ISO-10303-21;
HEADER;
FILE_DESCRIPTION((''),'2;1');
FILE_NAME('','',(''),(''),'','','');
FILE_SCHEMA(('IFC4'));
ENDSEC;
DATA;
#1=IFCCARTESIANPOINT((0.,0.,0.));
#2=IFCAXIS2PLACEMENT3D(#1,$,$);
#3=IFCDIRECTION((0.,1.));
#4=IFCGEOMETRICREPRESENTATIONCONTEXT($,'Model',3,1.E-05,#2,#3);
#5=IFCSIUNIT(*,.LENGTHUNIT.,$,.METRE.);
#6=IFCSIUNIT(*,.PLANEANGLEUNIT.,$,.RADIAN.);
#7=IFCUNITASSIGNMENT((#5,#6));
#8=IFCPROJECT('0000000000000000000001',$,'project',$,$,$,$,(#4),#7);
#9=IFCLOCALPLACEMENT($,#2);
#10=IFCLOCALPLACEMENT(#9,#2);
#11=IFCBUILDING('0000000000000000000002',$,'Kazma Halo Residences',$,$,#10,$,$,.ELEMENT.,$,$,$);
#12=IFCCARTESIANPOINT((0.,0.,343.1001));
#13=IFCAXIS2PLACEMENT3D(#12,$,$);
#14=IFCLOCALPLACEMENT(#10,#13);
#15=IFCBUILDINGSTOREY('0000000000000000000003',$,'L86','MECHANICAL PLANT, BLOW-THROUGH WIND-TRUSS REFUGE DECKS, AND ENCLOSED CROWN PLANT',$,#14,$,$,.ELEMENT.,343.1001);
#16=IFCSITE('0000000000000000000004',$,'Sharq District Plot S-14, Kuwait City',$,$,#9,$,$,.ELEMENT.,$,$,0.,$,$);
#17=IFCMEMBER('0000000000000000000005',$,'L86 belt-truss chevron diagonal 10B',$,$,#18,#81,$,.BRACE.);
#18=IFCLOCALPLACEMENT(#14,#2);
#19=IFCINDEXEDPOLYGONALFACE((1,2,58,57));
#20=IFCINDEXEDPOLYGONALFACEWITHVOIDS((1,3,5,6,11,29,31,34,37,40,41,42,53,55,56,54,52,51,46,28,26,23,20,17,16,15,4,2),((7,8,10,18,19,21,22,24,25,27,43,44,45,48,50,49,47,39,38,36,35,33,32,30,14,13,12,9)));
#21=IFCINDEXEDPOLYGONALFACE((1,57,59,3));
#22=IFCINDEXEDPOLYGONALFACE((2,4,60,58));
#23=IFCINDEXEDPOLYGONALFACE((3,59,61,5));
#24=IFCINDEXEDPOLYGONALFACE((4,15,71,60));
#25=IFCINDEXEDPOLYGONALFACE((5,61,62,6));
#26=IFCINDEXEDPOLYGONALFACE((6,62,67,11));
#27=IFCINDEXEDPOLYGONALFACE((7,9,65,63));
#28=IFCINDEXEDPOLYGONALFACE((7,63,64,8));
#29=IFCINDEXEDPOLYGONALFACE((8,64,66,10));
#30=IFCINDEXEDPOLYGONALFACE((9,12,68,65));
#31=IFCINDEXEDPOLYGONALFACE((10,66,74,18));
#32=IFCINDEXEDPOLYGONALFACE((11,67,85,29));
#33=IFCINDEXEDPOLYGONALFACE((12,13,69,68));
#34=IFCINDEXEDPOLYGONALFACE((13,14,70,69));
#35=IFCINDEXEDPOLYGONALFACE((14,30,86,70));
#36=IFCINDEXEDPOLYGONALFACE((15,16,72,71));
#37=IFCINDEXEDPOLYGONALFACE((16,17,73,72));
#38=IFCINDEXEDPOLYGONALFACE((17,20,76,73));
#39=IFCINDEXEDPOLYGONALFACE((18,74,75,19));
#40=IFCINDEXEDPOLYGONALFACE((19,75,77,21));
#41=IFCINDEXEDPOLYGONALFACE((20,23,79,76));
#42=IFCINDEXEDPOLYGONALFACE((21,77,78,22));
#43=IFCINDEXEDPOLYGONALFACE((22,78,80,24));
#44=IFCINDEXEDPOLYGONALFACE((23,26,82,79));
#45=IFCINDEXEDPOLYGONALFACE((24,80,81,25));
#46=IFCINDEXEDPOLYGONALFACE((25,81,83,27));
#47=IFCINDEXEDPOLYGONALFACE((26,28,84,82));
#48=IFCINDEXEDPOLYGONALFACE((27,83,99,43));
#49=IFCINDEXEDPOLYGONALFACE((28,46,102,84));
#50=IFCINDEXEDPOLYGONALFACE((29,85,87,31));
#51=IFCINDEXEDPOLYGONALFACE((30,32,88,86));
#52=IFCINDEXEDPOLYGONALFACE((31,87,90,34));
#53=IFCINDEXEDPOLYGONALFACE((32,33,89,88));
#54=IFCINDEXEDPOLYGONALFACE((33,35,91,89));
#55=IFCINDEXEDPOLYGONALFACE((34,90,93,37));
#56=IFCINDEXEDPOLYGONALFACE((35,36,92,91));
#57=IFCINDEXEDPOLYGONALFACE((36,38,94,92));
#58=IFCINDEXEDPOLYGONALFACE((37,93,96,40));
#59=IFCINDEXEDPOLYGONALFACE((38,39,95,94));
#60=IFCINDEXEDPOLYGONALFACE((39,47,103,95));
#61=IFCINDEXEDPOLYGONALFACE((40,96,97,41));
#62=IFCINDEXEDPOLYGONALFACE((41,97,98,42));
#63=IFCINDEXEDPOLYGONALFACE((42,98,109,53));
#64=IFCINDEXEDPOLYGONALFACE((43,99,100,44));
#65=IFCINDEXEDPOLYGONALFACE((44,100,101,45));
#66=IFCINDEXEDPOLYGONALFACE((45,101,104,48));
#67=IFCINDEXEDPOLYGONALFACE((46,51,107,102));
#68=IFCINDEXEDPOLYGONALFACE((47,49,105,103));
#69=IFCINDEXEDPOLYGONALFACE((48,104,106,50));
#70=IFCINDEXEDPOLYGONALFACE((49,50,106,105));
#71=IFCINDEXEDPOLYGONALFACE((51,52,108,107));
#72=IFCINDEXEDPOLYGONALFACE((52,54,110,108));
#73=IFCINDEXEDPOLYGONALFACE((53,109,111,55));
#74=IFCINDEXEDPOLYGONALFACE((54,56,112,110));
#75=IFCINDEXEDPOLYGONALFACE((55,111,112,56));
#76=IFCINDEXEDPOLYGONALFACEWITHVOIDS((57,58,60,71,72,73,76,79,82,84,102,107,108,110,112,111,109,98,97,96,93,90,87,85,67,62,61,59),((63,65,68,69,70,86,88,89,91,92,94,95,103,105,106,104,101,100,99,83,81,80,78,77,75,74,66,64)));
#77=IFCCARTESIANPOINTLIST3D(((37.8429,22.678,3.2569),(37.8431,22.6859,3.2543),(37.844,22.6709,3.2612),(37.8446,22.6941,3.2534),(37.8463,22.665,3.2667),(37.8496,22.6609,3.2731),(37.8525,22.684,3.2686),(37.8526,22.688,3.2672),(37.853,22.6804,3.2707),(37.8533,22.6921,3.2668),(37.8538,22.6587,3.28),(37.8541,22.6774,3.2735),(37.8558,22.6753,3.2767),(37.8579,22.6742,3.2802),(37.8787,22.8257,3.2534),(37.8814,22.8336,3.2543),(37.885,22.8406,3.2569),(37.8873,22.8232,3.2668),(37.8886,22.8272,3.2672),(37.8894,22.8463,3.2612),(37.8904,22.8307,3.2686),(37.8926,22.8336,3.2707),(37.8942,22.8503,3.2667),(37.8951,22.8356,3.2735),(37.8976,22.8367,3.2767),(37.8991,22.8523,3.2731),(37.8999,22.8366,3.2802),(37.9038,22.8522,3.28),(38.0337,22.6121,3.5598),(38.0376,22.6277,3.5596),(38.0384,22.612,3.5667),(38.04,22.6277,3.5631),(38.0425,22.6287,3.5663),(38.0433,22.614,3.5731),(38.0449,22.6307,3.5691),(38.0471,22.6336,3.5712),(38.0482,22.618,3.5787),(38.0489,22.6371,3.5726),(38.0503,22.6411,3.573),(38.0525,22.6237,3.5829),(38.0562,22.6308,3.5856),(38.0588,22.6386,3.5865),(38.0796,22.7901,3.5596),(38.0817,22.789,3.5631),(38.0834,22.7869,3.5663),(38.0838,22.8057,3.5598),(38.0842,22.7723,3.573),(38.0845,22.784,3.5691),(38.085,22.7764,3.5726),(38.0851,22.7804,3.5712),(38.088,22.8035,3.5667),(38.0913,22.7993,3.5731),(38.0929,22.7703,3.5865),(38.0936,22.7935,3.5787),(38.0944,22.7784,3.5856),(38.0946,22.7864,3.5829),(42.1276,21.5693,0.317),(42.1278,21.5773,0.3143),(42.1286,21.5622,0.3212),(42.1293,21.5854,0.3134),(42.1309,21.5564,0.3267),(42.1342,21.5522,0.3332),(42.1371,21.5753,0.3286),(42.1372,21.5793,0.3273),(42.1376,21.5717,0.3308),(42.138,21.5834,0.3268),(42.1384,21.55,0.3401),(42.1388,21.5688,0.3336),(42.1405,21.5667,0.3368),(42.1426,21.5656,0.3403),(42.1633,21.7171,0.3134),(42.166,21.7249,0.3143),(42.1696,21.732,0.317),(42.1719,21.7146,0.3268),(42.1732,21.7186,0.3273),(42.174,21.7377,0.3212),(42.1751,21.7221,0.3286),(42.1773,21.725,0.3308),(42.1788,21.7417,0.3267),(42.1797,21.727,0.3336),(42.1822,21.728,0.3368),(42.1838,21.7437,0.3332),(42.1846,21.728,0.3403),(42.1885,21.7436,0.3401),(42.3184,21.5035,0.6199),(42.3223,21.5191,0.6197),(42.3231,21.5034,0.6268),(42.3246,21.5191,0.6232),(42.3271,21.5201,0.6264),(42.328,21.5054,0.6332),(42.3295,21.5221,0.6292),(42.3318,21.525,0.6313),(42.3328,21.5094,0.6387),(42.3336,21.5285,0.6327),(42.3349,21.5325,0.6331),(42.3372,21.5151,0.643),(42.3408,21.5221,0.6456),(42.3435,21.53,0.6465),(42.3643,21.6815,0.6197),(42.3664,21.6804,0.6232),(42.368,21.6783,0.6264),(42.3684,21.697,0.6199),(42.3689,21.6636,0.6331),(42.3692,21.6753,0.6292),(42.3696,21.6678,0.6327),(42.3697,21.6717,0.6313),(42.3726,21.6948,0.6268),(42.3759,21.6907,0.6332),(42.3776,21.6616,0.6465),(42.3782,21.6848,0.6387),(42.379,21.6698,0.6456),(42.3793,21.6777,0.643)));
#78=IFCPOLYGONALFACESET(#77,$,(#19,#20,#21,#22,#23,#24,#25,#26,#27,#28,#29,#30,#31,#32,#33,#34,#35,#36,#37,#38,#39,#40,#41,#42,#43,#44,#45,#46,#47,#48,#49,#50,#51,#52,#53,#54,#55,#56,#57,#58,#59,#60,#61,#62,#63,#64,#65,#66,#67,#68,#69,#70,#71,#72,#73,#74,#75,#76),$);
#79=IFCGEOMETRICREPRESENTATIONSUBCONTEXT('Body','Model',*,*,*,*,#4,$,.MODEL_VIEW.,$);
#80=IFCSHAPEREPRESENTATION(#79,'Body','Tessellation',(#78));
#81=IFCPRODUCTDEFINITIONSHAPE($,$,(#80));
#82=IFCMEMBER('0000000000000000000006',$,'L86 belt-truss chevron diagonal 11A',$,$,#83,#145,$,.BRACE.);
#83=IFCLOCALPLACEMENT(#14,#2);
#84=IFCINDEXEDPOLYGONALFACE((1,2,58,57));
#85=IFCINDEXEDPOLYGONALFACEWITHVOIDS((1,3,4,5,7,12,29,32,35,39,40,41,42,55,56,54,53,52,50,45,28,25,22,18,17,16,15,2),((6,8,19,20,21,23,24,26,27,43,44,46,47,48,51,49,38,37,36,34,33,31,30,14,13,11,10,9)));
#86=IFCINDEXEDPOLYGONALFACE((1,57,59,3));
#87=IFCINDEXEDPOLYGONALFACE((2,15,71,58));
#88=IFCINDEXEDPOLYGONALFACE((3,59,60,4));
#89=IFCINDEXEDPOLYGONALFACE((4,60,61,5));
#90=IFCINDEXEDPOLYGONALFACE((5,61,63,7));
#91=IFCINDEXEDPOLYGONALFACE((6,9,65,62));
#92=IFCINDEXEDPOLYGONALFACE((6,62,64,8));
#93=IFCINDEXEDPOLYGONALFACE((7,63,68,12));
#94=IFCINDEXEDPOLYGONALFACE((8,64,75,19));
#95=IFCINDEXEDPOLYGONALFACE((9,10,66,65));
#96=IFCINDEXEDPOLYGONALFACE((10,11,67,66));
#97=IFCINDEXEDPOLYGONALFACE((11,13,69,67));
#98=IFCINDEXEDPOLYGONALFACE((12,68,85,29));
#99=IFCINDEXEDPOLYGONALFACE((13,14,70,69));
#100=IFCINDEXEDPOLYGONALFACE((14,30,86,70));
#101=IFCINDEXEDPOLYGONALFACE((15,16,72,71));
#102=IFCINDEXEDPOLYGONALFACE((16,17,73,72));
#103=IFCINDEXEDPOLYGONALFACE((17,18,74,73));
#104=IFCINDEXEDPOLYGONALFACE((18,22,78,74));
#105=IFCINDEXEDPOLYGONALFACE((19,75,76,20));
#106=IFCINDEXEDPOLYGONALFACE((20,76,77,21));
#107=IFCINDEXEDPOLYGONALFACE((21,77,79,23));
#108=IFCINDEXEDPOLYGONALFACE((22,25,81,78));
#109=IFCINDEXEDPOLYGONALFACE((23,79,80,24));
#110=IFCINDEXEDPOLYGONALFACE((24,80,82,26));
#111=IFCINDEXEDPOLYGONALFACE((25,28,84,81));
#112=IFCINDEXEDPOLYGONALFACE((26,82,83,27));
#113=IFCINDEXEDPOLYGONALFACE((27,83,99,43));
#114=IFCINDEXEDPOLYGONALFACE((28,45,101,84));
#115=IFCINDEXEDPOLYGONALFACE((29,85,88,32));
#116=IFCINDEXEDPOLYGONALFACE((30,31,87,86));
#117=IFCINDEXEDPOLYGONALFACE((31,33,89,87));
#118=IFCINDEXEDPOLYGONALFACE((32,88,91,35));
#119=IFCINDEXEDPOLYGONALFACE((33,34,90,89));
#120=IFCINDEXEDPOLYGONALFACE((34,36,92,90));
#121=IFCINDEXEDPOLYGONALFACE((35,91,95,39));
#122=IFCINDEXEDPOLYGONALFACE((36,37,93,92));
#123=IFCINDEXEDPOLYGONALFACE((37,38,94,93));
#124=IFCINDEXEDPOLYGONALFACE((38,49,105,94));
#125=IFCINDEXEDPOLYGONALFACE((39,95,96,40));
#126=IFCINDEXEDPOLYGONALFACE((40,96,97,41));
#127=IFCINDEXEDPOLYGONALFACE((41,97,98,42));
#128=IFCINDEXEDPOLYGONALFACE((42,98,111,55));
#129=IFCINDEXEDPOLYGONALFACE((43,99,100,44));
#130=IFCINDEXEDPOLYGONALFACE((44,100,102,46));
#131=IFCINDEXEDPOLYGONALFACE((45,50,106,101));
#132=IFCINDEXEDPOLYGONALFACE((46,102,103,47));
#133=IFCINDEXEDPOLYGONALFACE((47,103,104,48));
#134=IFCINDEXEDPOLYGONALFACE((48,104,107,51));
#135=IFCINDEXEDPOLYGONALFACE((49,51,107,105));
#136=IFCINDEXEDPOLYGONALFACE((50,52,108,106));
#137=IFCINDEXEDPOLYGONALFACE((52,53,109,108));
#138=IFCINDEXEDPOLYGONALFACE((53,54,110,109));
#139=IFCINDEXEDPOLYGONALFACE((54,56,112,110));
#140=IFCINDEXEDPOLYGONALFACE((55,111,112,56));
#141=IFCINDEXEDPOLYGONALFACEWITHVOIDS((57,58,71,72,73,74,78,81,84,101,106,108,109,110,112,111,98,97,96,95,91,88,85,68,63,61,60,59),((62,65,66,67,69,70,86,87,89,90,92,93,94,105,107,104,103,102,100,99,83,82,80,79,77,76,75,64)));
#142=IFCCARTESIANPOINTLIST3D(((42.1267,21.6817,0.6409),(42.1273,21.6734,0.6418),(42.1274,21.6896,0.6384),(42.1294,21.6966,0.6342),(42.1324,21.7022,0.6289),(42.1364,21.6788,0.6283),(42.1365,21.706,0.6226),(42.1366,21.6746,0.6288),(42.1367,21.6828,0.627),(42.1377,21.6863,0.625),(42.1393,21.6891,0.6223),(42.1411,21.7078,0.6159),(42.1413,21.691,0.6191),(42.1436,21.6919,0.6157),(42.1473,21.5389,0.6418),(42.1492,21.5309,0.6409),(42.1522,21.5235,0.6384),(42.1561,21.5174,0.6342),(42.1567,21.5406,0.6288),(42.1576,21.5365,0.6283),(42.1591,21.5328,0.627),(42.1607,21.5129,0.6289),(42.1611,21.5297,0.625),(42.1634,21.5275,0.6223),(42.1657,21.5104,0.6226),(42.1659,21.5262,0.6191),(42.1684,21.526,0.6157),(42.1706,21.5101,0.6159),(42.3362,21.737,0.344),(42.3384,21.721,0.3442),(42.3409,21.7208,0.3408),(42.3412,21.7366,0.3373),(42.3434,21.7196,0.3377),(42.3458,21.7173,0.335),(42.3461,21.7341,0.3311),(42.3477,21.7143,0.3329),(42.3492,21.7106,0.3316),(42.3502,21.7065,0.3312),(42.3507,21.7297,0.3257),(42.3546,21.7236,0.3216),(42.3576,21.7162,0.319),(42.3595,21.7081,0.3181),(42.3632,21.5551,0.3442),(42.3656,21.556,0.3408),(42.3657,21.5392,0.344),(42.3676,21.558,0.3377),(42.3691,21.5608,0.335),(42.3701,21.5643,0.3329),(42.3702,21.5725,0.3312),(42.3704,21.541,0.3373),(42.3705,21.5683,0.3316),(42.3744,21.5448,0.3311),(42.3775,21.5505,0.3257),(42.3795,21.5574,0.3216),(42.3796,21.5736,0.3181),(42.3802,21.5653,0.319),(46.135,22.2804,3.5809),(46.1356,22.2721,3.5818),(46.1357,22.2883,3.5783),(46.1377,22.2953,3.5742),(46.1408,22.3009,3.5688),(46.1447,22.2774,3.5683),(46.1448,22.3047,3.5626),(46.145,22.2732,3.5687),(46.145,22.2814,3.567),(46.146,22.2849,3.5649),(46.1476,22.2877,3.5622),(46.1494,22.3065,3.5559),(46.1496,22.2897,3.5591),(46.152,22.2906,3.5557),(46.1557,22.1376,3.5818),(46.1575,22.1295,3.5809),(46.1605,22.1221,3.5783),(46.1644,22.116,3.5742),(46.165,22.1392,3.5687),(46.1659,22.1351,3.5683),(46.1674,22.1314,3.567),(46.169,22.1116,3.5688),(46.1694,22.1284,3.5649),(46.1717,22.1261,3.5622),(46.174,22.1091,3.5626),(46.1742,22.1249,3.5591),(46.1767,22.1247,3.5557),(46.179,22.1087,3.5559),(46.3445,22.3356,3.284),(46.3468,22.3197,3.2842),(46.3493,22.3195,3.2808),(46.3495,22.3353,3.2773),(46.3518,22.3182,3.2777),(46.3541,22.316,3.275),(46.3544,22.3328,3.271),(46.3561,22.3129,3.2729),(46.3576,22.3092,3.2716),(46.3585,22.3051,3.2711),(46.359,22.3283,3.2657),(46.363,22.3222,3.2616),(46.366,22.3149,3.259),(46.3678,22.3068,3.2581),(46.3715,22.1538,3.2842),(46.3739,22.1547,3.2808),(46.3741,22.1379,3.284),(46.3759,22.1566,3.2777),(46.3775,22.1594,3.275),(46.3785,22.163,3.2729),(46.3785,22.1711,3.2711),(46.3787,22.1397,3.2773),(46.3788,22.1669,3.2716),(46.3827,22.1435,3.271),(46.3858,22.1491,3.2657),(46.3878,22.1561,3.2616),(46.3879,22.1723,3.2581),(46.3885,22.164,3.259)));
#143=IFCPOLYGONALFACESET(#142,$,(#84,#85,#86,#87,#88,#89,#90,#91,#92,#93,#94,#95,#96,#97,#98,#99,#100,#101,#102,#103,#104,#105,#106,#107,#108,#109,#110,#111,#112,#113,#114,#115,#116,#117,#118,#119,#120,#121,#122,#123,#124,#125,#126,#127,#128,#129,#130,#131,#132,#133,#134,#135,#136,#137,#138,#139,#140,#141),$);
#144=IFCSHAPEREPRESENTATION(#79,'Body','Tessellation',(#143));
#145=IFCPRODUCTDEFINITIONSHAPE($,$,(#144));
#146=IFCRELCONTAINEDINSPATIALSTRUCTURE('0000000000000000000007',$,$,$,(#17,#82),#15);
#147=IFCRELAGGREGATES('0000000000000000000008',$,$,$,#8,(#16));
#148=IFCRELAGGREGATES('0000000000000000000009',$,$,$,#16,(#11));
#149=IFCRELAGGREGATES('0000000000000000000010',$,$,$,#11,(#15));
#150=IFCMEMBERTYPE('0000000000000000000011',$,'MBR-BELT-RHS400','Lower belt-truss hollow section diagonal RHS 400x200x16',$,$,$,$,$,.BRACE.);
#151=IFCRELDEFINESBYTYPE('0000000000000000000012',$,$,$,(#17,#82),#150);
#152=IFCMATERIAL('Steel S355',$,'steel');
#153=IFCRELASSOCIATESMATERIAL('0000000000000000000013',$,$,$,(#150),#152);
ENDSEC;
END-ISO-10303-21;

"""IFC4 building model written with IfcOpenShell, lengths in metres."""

from ifc_helpers import new_model, si_unit, direction, frame, origin, origin_2d, place, context, subcontext, project, spatial, hollow_rectangle, extrude, material, material_profile, profile_set, type_object, element, save


model = new_model("IFC4")

# Units and contexts
model_context = context("Model", 3, precision=1e-05, world=origin(), true_north=direction((0.0, 1.0)))
body_context = subcontext(model_context, "Body", "Model", "MODEL_VIEW")
ifc_project = project(units=[si_unit("LENGTHUNIT", "METRE"), si_unit("PLANEANGLEUNIT", "RADIAN")], contexts=[model_context])

# Site, building, storey
site_placement = place(None, origin())
site = spatial("IfcSite", under=ifc_project, at=site_placement, Name="Sharq District Plot S-14, Kuwait City", CompositionType="ELEMENT", RefElevation=0.0)
building_placement = place(site_placement, origin())
building = spatial("IfcBuilding", under=site, at=building_placement, Name="Kazma Halo Residences", CompositionType="ELEMENT")
storey_placement = place(building_placement, frame((0.0, 0.0, 343.1001)))
storey = spatial("IfcBuildingStorey", under=building, at=storey_placement, Name="L86", Description="MECHANICAL PLANT, BLOW-THROUGH WIND-TRUSS REFUGE DECKS, AND ENCLOSED CROWN PLANT", CompositionType="ELEMENT", Elevation=343.1001)

# Shared definitions
ifc_material_1 = material(Name="Steel S355", Category="steel")

# Members
ifc_material_profile_1 = material_profile(ifc_material_1, hollow_rectangle(XDim=0.2, YDim=0.3999, WallThickness=0.0161, InnerFilletRadius=0.0161, OuterFilletRadius=0.032, at=origin_2d()), Name="RHS400x200x16")
ifc_profile_set_1 = profile_set([ifc_material_profile_1], Name="Steel S355")
member_type_1 = type_object("IfcMemberType", Name="MBR-BELT-RHS400", Description="Lower belt-truss hollow section diagonal RHS 400x200x16", PredefinedType="BRACE", material=ifc_profile_set_1)
member_1_placement = place(storey_placement, frame((42.2534, 21.6235, 0.48), z_axis=(-0.80641, 0.208656, 0.553322), x_axis=(-0.250497, -0.968117, 0.0)))
element("IfcMember", 1, at=member_1_placement, inside=storey, type_object=member_type_1, Name="L86 belt-truss chevron diagonal 10B", PredefinedType="BRACE", context=body_context, shape_type="SweptSolid", body=[
    extrude(hollow_rectangle(XDim=0.2, YDim=0.3999, WallThickness=0.0161, InnerFilletRadius=0.0161, OuterFilletRadius=0.032, at=origin_2d()), origin(), (0.0, 0.0, 1.0), 5.3132),
])
member_2_placement = place(storey_placement, frame((42.2534, 21.6235, 0.48), z_axis=(0.800571, 0.119564, 0.587189), x_axis=(-0.14771, 0.989031, 0.0)))
element("IfcMember", 2, at=member_2_placement, inside=storey, type_object=member_type_1, Name="L86 belt-truss chevron diagonal 11A", PredefinedType="BRACE", context=body_context, shape_type="SweptSolid", body=[
    extrude(hollow_rectangle(XDim=0.2, YDim=0.3999, WallThickness=0.0161, InnerFilletRadius=0.0161, OuterFilletRadius=0.032, at=origin_2d()), origin(), (0.0, 0.0, 1.0), 5.0068),
])

save(model, "model.ifc")
